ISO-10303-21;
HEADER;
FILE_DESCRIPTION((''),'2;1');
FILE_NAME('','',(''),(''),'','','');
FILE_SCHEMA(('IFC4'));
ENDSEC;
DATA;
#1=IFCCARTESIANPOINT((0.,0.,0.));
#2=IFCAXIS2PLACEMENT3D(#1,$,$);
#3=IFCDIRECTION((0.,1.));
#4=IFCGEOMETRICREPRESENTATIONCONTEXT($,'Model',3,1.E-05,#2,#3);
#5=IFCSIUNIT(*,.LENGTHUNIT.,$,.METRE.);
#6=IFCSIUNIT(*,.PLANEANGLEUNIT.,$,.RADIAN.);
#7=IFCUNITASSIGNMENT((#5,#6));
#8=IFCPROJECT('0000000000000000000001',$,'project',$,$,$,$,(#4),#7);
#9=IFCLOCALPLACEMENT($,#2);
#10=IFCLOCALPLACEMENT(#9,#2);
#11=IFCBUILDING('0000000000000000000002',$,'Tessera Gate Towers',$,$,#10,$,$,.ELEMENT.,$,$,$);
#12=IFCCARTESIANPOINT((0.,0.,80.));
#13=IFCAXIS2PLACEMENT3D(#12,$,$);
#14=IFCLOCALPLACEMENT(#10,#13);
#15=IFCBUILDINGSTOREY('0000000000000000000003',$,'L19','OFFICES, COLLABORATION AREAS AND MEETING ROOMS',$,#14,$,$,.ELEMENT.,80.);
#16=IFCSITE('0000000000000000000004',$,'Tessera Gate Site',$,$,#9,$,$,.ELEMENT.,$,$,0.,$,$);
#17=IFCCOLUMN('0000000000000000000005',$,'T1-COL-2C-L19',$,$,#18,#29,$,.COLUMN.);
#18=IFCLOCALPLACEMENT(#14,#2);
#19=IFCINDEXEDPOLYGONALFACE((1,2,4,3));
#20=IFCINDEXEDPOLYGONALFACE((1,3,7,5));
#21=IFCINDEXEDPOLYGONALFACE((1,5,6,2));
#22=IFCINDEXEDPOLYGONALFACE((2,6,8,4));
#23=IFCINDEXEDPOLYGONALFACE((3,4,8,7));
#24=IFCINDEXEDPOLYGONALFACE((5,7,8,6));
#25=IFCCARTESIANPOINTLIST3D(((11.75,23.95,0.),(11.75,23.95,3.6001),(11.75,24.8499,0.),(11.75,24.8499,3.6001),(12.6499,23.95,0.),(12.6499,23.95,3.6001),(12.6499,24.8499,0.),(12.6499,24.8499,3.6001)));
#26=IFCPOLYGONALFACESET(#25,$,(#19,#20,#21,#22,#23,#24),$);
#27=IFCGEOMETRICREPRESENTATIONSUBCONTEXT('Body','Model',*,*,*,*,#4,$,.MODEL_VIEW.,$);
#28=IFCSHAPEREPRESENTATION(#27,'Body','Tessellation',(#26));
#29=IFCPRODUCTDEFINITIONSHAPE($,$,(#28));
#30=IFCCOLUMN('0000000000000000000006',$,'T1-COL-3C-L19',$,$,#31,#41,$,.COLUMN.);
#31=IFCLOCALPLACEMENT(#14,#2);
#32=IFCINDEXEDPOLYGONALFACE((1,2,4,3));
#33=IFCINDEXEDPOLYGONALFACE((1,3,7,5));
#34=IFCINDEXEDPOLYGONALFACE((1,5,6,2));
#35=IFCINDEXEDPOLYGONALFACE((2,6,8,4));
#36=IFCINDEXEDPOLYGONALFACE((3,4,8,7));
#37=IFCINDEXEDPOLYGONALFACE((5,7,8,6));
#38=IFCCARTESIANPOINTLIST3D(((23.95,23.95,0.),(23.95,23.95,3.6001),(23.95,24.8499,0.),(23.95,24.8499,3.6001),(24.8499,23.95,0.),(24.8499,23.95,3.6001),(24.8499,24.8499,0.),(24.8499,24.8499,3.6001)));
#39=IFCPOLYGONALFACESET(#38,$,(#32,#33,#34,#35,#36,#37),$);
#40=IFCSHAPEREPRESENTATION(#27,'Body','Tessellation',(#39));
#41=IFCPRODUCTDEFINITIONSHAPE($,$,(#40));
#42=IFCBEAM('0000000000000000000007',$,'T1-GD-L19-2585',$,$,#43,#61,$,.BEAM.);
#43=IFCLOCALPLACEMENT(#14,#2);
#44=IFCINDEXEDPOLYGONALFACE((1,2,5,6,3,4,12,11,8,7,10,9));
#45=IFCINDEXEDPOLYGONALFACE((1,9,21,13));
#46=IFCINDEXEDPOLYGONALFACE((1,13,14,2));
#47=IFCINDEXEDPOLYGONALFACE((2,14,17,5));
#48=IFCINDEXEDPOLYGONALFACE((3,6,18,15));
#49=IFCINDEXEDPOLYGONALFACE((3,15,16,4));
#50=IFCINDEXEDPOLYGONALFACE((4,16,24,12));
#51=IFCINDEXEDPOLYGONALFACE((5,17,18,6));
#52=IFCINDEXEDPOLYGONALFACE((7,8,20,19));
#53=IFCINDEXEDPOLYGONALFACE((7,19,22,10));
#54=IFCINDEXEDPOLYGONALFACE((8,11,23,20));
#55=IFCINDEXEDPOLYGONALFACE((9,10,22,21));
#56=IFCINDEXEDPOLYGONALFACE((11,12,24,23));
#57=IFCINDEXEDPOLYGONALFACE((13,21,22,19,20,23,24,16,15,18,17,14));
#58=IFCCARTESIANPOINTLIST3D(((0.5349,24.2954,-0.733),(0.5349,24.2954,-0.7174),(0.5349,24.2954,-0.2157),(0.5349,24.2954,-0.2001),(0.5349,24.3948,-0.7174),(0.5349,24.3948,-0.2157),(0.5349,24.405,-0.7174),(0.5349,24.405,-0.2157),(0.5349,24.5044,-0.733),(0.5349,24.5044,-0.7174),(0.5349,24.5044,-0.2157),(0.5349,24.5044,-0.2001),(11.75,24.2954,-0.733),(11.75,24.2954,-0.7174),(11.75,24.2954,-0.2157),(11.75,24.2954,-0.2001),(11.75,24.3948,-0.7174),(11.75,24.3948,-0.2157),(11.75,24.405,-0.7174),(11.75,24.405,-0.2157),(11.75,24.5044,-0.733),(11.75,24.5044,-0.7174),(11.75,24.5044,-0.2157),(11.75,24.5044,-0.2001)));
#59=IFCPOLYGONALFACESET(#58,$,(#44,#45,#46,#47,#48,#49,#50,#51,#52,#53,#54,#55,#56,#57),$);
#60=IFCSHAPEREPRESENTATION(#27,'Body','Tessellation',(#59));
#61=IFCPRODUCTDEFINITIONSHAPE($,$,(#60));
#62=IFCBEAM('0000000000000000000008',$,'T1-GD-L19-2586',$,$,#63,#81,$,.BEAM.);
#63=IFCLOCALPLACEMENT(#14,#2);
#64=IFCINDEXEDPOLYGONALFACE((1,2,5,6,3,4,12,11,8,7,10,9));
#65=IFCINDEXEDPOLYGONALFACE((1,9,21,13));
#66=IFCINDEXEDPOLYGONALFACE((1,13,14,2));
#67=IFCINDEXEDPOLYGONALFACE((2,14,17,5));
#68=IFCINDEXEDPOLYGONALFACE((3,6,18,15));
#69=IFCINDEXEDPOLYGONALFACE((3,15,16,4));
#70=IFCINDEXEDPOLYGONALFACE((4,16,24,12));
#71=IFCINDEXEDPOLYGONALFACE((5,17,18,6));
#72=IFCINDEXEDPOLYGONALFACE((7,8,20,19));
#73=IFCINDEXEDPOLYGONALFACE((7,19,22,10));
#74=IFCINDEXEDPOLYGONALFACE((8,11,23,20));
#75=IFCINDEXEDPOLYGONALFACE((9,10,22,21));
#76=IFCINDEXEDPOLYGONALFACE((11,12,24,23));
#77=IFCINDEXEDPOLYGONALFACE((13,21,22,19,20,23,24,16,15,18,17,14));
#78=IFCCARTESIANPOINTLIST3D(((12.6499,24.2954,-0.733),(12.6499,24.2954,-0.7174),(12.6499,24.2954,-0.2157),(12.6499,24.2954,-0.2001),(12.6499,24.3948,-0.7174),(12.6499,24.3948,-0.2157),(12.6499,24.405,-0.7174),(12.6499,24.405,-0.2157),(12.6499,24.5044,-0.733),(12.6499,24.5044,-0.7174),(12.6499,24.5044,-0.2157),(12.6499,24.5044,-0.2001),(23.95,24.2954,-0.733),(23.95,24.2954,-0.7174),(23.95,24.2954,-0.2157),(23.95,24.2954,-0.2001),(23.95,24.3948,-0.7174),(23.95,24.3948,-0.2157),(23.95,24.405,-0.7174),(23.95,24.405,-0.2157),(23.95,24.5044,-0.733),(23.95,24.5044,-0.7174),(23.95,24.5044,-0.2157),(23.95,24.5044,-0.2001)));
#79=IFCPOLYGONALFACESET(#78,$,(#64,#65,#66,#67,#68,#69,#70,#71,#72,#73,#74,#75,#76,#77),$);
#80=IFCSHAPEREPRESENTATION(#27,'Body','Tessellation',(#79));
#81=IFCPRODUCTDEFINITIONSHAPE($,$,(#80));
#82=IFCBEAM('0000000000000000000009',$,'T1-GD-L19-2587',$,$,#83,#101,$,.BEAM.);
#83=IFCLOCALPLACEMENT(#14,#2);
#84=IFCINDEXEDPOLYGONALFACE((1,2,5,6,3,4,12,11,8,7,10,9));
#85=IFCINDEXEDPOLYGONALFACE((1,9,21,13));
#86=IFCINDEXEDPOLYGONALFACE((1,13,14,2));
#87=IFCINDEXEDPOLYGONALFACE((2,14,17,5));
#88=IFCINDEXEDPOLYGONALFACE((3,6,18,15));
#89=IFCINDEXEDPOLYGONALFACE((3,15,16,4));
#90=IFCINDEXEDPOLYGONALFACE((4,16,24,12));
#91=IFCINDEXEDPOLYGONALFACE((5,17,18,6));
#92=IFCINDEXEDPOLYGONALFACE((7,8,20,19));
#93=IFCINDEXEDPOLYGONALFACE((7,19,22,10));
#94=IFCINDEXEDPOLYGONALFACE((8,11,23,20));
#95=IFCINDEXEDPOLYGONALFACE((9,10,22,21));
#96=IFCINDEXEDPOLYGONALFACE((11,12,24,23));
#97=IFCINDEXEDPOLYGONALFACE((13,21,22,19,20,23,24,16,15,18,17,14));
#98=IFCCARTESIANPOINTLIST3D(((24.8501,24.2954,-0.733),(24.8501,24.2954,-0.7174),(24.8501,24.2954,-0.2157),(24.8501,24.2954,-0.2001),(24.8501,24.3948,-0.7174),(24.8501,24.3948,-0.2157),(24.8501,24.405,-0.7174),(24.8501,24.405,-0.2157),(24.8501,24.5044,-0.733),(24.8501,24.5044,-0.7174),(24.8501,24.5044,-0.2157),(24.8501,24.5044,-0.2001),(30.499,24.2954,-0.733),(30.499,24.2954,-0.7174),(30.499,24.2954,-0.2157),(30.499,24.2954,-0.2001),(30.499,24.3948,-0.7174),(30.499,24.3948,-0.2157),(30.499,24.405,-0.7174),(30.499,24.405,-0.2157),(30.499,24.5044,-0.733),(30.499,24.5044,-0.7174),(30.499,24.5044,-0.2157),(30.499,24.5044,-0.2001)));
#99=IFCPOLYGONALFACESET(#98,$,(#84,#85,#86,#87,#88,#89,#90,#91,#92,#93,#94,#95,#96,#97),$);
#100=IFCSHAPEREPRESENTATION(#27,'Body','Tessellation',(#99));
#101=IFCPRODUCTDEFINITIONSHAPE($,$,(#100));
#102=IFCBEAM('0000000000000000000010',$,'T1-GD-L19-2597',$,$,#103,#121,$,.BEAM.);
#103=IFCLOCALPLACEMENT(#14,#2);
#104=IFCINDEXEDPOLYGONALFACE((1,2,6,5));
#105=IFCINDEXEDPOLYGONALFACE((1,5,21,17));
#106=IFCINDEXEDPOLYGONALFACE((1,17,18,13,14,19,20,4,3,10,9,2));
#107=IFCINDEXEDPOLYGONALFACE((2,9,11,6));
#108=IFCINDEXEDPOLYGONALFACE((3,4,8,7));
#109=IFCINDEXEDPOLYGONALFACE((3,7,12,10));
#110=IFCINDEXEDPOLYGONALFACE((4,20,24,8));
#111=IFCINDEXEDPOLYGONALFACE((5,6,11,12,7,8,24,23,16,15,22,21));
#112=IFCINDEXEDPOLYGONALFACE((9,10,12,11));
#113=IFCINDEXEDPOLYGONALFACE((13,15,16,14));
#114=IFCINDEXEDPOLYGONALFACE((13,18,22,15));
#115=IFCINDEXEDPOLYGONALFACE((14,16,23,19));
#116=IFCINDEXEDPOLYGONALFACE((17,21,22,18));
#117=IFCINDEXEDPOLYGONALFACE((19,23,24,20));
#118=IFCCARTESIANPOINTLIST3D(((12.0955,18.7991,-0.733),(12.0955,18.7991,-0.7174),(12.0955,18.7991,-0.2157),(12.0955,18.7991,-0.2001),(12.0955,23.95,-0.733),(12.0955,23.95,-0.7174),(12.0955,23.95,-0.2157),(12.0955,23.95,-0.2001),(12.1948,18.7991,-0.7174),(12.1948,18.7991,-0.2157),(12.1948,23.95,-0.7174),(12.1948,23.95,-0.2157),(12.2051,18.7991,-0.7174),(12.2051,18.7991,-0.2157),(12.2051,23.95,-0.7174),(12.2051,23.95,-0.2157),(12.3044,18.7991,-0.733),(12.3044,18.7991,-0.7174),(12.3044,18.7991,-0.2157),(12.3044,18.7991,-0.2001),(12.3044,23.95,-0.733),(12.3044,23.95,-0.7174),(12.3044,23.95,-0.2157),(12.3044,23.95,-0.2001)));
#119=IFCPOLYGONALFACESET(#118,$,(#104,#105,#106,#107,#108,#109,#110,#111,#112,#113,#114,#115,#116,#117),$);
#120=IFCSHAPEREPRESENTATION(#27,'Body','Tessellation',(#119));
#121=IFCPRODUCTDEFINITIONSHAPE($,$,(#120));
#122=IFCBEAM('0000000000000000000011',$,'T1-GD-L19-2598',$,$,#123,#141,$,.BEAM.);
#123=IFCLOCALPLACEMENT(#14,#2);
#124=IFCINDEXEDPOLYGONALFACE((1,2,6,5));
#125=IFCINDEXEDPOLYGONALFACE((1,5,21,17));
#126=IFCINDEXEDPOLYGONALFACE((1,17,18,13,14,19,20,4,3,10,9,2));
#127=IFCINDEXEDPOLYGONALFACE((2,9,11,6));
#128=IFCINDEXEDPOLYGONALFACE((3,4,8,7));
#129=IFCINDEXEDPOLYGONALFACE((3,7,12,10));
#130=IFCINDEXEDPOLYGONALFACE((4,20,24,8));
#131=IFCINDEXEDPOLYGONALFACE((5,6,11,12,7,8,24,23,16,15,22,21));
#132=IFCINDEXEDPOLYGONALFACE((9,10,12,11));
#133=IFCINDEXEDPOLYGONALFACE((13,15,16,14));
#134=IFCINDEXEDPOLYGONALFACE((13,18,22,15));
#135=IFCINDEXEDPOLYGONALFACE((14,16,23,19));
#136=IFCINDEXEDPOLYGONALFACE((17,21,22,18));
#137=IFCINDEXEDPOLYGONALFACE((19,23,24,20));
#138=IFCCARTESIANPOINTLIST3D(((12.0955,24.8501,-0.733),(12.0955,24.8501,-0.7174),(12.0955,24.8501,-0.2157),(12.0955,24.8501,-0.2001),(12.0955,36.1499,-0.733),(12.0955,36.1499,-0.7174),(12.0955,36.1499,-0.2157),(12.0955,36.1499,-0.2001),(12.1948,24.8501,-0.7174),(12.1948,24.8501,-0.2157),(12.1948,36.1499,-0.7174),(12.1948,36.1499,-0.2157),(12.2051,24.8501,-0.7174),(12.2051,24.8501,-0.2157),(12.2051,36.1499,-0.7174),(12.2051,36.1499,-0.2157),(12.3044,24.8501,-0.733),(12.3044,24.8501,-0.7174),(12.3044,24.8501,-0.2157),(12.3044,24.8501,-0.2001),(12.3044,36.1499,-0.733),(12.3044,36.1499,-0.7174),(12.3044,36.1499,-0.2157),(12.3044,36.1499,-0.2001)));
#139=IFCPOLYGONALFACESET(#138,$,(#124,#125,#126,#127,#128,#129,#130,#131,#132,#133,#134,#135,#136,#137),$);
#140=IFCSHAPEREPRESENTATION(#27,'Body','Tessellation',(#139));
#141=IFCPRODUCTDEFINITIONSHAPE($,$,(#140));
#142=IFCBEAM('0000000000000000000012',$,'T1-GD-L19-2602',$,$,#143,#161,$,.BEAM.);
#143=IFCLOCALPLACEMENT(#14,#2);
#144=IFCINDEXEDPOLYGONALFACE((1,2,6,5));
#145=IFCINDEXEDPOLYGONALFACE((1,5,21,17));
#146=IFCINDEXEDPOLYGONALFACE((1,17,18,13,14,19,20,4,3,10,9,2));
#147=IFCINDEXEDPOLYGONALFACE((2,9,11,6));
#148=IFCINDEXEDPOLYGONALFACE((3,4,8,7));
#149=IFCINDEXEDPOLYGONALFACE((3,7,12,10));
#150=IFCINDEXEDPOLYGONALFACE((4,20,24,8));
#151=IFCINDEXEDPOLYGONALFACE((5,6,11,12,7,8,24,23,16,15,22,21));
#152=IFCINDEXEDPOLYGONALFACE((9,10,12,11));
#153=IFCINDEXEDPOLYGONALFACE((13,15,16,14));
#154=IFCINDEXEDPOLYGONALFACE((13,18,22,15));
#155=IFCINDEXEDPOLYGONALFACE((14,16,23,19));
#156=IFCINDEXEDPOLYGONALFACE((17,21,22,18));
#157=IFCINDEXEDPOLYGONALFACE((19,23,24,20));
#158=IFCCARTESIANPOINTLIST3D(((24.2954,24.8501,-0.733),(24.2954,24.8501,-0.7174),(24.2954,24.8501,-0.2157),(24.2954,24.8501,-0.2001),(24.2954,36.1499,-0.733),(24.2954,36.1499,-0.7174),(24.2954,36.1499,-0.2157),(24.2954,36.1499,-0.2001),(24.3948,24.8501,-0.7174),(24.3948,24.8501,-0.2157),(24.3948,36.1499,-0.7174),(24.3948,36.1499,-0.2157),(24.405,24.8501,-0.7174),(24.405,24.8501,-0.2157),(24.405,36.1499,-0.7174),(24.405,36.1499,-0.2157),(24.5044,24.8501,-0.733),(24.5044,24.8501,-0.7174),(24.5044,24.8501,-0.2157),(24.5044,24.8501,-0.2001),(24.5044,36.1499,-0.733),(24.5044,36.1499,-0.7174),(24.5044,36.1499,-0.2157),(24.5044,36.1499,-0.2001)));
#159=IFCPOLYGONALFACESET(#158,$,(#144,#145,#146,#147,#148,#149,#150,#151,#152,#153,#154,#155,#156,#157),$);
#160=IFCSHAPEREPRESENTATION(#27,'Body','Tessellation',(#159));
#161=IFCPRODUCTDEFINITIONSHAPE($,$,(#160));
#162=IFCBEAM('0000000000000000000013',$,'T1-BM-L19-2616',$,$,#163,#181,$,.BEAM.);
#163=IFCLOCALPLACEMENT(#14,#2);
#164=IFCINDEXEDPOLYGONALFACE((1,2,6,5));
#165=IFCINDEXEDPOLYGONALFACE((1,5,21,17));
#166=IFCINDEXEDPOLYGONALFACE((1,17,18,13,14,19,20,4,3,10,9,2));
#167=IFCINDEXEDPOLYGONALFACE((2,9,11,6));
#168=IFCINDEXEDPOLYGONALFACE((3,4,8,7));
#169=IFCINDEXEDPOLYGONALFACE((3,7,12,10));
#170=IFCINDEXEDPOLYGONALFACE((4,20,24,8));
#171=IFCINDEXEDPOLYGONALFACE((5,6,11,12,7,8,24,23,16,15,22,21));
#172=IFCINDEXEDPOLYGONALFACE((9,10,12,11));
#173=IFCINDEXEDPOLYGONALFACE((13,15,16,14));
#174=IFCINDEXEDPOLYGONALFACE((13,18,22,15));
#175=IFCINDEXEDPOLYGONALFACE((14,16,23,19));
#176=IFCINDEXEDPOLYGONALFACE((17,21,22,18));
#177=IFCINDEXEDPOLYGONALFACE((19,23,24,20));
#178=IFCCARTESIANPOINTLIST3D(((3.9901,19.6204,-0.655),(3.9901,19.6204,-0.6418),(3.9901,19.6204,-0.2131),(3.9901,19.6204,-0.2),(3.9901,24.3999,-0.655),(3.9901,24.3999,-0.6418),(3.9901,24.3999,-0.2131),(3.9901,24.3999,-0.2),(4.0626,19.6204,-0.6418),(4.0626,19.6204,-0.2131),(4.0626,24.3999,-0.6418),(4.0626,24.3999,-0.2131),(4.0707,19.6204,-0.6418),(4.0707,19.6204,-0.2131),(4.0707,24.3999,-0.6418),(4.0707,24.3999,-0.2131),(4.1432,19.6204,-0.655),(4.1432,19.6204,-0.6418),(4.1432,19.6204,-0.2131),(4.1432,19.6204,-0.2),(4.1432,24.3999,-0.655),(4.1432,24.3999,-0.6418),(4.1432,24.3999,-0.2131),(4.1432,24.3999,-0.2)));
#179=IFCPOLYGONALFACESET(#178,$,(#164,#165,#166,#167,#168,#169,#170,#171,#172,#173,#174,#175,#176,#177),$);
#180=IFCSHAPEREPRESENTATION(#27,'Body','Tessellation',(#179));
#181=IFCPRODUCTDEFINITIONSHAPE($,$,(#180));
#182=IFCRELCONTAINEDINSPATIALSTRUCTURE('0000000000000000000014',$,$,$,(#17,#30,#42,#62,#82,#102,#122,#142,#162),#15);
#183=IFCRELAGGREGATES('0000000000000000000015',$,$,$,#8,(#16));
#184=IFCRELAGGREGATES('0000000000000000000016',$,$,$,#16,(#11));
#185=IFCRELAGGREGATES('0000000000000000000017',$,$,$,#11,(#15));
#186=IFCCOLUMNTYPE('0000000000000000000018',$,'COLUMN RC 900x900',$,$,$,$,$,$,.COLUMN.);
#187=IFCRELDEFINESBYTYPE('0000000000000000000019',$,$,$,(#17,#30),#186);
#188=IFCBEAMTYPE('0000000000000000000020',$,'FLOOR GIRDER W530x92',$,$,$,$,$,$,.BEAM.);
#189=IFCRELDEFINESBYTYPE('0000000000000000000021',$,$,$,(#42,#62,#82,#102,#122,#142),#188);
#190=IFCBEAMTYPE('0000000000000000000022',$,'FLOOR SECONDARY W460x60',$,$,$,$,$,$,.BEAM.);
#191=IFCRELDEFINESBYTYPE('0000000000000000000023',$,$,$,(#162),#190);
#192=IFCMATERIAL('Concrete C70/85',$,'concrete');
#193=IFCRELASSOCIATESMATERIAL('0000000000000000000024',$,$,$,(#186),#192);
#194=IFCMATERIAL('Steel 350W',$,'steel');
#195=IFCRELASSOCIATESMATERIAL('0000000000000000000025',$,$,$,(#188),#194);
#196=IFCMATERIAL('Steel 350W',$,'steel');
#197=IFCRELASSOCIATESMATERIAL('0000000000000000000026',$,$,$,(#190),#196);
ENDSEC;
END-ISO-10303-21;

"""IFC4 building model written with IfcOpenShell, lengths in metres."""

from ifc_helpers import new_model, si_unit, direction, frame, origin, origin_2d, place, context, subcontext, project, spatial, rectangle, i_section, extrude, material, material_profile, profile_set, type_object, element, save


model = new_model("IFC4")

# Units and contexts
model_context = context("Model", 3, precision=1e-05, world=origin(), true_north=direction((0.0, 1.0)))
body_context = subcontext(model_context, "Body", "Model", "MODEL_VIEW")
ifc_project = project(units=[si_unit("LENGTHUNIT", "METRE"), si_unit("PLANEANGLEUNIT", "RADIAN")], contexts=[model_context])

# Site, building, storey
site_placement = place(None, origin())
site = spatial("IfcSite", under=ifc_project, at=site_placement, Name="Tessera Gate Site", CompositionType="ELEMENT", RefElevation=0.0)
building_placement = place(site_placement, origin())
building = spatial("IfcBuilding", under=site, at=building_placement, Name="Tessera Gate Towers", CompositionType="ELEMENT")
storey_placement = place(building_placement, frame((0.0, 0.0, 80.0)))
storey = spatial("IfcBuildingStorey", under=building, at=storey_placement, Name="L19", Description="OFFICES, COLLABORATION AREAS AND MEETING ROOMS", CompositionType="ELEMENT", Elevation=80.0)

# Columns
ifc_material_1 = material(Name="Concrete C70/85", Category="concrete")
ifc_material_profile_1 = material_profile(ifc_material_1, rectangle(XDim=0.8999, YDim=0.8999, at=origin_2d()), Name="RC 900x900")
ifc_profile_set_1 = profile_set([ifc_material_profile_1], Name="Concrete C70/85")
column_type = type_object("IfcColumnType", Name="COLUMN RC 900x900", PredefinedType="COLUMN", material=ifc_profile_set_1)
for number, where, z_axis, x_axis, name in (
    (1, (12.2, 24.3999, 0.0), (0.0, 0.0, 1.0), (1.0, 0.0, 0.0), "T1-COL-2C-L19"),
    (2, (24.3999, 24.3999, 0.0), (0.0, 0.0, 1.0), (1.0, 0.0, 0.0), "T1-COL-3C-L19"),
):
    element("IfcColumn", number, at=place(storey_placement, frame(where, z_axis=z_axis, x_axis=x_axis)), inside=storey, type_object=column_type, Name=name, PredefinedType="COLUMN", context=body_context, shape_type="SweptSolid", body=[
        extrude(rectangle(XDim=0.8999, YDim=0.8999, at=origin_2d()), origin(), (0.0, 0.0, 1.0), 3.6001),
    ])

# Beams
ifc_material_2 = material(Name="Steel 350W", Category="steel")
ifc_material_profile_2 = material_profile(ifc_material_2, i_section(OverallWidth=0.209, OverallDepth=0.533, WebThickness=0.0103, FlangeThickness=0.0156, at=origin_2d()), Name="W530x92")
ifc_profile_set_2 = profile_set([ifc_material_profile_2], Name="Steel 350W")
beam_type_1 = type_object("IfcBeamType", Name="FLOOR GIRDER W530x92", PredefinedType="BEAM", material=ifc_profile_set_2)
beam_1_placement = place(storey_placement, frame((0.5349, 24.3999, -0.4666), z_axis=(1.0, 0.0, 0.0), x_axis=(0.0, 1.0, 0.0)))
element("IfcBeam", 3, at=beam_1_placement, inside=storey, type_object=beam_type_1, Name="T1-GD-L19-2585", PredefinedType="BEAM", context=body_context, shape_type="SweptSolid", body=[
    extrude(i_section(OverallWidth=0.209, OverallDepth=0.533, WebThickness=0.0103, FlangeThickness=0.0156, at=origin_2d()), origin(), (0.0, 0.0, 1.0), 11.2151),
])
beam_2_placement = place(storey_placement, frame((12.6499, 24.3999, -0.4666), z_axis=(1.0, 0.0, 0.0), x_axis=(0.0, 1.0, 0.0)))
element("IfcBeam", 4, at=beam_2_placement, inside=storey, type_object=beam_type_1, Name="T1-GD-L19-2586", PredefinedType="BEAM", context=body_context, shape_type="SweptSolid", body=[
    extrude(i_section(OverallWidth=0.209, OverallDepth=0.533, WebThickness=0.0103, FlangeThickness=0.0156, at=origin_2d()), origin(), (0.0, 0.0, 1.0), 11.3),
])
beam_3_placement = place(storey_placement, frame((24.8501, 24.3999, -0.4666), z_axis=(1.0, 0.0, 0.0), x_axis=(0.0, 1.0, 0.0)))
element("IfcBeam", 5, at=beam_3_placement, inside=storey, type_object=beam_type_1, Name="T1-GD-L19-2587", PredefinedType="BEAM", context=body_context, shape_type="SweptSolid", body=[
    extrude(i_section(OverallWidth=0.209, OverallDepth=0.533, WebThickness=0.0103, FlangeThickness=0.0156, at=origin_2d()), origin(), (0.0, 0.0, 1.0), 5.6489),
])
beam_4_placement = place(storey_placement, frame((12.2, 18.7991, -0.4666), z_axis=(0.0, 1.0, 0.0), x_axis=(-1.0, 0.0, 0.0)))
element("IfcBeam", 6, at=beam_4_placement, inside=storey, type_object=beam_type_1, Name="T1-GD-L19-2597", PredefinedType="BEAM", context=body_context, shape_type="SweptSolid", body=[
    extrude(i_section(OverallWidth=0.209, OverallDepth=0.533, WebThickness=0.0103, FlangeThickness=0.0156, at=origin_2d()), origin(), (0.0, 0.0, 1.0), 5.1509),
])
for number, where, z_axis, x_axis, name in (
    (7, (12.2, 24.8501, -0.4666), (0.0, 1.0, 0.0), (-1.0, 0.0, 0.0), "T1-GD-L19-2598"),
    (8, (24.3999, 24.8501, -0.4666), (0.0, 1.0, 0.0), (-1.0, 0.0, 0.0), "T1-GD-L19-2602"),
):
    element("IfcBeam", number, at=place(storey_placement, frame(where, z_axis=z_axis, x_axis=x_axis)), inside=storey, type_object=beam_type_1, Name=name, PredefinedType="BEAM", context=body_context, shape_type="SweptSolid", body=[
        extrude(i_section(OverallWidth=0.209, OverallDepth=0.533, WebThickness=0.0103, FlangeThickness=0.0156, at=origin_2d()), origin(), (0.0, 0.0, 1.0), 11.2998),
    ])
ifc_material_3 = material(Name="Steel 350W", Category="steel")
ifc_material_profile_3 = material_profile(ifc_material_3, i_section(OverallWidth=0.1531, OverallDepth=0.4551, WebThickness=0.0081, FlangeThickness=0.0132, at=origin_2d()), Name="W460x60")
ifc_profile_set_3 = profile_set([ifc_material_profile_3], Name="Steel 350W")
beam_type_2 = type_object("IfcBeamType", Name="FLOOR SECONDARY W460x60", PredefinedType="BEAM", material=ifc_profile_set_3)
beam_5_placement = place(storey_placement, frame((4.0667, 19.6204, -0.4275), z_axis=(0.0, 1.0, 0.0), x_axis=(-1.0, 0.0, 0.0)))
element("IfcBeam", 9, at=beam_5_placement, inside=storey, type_object=beam_type_2, Name="T1-BM-L19-2616", PredefinedType="BEAM", context=body_context, shape_type="SweptSolid", body=[
    extrude(i_section(OverallWidth=0.1531, OverallDepth=0.4551, WebThickness=0.0081, FlangeThickness=0.0132, at=origin_2d()), origin(), (0.0, 0.0, 1.0), 4.7795),
])

save(model, "model.ifc")
